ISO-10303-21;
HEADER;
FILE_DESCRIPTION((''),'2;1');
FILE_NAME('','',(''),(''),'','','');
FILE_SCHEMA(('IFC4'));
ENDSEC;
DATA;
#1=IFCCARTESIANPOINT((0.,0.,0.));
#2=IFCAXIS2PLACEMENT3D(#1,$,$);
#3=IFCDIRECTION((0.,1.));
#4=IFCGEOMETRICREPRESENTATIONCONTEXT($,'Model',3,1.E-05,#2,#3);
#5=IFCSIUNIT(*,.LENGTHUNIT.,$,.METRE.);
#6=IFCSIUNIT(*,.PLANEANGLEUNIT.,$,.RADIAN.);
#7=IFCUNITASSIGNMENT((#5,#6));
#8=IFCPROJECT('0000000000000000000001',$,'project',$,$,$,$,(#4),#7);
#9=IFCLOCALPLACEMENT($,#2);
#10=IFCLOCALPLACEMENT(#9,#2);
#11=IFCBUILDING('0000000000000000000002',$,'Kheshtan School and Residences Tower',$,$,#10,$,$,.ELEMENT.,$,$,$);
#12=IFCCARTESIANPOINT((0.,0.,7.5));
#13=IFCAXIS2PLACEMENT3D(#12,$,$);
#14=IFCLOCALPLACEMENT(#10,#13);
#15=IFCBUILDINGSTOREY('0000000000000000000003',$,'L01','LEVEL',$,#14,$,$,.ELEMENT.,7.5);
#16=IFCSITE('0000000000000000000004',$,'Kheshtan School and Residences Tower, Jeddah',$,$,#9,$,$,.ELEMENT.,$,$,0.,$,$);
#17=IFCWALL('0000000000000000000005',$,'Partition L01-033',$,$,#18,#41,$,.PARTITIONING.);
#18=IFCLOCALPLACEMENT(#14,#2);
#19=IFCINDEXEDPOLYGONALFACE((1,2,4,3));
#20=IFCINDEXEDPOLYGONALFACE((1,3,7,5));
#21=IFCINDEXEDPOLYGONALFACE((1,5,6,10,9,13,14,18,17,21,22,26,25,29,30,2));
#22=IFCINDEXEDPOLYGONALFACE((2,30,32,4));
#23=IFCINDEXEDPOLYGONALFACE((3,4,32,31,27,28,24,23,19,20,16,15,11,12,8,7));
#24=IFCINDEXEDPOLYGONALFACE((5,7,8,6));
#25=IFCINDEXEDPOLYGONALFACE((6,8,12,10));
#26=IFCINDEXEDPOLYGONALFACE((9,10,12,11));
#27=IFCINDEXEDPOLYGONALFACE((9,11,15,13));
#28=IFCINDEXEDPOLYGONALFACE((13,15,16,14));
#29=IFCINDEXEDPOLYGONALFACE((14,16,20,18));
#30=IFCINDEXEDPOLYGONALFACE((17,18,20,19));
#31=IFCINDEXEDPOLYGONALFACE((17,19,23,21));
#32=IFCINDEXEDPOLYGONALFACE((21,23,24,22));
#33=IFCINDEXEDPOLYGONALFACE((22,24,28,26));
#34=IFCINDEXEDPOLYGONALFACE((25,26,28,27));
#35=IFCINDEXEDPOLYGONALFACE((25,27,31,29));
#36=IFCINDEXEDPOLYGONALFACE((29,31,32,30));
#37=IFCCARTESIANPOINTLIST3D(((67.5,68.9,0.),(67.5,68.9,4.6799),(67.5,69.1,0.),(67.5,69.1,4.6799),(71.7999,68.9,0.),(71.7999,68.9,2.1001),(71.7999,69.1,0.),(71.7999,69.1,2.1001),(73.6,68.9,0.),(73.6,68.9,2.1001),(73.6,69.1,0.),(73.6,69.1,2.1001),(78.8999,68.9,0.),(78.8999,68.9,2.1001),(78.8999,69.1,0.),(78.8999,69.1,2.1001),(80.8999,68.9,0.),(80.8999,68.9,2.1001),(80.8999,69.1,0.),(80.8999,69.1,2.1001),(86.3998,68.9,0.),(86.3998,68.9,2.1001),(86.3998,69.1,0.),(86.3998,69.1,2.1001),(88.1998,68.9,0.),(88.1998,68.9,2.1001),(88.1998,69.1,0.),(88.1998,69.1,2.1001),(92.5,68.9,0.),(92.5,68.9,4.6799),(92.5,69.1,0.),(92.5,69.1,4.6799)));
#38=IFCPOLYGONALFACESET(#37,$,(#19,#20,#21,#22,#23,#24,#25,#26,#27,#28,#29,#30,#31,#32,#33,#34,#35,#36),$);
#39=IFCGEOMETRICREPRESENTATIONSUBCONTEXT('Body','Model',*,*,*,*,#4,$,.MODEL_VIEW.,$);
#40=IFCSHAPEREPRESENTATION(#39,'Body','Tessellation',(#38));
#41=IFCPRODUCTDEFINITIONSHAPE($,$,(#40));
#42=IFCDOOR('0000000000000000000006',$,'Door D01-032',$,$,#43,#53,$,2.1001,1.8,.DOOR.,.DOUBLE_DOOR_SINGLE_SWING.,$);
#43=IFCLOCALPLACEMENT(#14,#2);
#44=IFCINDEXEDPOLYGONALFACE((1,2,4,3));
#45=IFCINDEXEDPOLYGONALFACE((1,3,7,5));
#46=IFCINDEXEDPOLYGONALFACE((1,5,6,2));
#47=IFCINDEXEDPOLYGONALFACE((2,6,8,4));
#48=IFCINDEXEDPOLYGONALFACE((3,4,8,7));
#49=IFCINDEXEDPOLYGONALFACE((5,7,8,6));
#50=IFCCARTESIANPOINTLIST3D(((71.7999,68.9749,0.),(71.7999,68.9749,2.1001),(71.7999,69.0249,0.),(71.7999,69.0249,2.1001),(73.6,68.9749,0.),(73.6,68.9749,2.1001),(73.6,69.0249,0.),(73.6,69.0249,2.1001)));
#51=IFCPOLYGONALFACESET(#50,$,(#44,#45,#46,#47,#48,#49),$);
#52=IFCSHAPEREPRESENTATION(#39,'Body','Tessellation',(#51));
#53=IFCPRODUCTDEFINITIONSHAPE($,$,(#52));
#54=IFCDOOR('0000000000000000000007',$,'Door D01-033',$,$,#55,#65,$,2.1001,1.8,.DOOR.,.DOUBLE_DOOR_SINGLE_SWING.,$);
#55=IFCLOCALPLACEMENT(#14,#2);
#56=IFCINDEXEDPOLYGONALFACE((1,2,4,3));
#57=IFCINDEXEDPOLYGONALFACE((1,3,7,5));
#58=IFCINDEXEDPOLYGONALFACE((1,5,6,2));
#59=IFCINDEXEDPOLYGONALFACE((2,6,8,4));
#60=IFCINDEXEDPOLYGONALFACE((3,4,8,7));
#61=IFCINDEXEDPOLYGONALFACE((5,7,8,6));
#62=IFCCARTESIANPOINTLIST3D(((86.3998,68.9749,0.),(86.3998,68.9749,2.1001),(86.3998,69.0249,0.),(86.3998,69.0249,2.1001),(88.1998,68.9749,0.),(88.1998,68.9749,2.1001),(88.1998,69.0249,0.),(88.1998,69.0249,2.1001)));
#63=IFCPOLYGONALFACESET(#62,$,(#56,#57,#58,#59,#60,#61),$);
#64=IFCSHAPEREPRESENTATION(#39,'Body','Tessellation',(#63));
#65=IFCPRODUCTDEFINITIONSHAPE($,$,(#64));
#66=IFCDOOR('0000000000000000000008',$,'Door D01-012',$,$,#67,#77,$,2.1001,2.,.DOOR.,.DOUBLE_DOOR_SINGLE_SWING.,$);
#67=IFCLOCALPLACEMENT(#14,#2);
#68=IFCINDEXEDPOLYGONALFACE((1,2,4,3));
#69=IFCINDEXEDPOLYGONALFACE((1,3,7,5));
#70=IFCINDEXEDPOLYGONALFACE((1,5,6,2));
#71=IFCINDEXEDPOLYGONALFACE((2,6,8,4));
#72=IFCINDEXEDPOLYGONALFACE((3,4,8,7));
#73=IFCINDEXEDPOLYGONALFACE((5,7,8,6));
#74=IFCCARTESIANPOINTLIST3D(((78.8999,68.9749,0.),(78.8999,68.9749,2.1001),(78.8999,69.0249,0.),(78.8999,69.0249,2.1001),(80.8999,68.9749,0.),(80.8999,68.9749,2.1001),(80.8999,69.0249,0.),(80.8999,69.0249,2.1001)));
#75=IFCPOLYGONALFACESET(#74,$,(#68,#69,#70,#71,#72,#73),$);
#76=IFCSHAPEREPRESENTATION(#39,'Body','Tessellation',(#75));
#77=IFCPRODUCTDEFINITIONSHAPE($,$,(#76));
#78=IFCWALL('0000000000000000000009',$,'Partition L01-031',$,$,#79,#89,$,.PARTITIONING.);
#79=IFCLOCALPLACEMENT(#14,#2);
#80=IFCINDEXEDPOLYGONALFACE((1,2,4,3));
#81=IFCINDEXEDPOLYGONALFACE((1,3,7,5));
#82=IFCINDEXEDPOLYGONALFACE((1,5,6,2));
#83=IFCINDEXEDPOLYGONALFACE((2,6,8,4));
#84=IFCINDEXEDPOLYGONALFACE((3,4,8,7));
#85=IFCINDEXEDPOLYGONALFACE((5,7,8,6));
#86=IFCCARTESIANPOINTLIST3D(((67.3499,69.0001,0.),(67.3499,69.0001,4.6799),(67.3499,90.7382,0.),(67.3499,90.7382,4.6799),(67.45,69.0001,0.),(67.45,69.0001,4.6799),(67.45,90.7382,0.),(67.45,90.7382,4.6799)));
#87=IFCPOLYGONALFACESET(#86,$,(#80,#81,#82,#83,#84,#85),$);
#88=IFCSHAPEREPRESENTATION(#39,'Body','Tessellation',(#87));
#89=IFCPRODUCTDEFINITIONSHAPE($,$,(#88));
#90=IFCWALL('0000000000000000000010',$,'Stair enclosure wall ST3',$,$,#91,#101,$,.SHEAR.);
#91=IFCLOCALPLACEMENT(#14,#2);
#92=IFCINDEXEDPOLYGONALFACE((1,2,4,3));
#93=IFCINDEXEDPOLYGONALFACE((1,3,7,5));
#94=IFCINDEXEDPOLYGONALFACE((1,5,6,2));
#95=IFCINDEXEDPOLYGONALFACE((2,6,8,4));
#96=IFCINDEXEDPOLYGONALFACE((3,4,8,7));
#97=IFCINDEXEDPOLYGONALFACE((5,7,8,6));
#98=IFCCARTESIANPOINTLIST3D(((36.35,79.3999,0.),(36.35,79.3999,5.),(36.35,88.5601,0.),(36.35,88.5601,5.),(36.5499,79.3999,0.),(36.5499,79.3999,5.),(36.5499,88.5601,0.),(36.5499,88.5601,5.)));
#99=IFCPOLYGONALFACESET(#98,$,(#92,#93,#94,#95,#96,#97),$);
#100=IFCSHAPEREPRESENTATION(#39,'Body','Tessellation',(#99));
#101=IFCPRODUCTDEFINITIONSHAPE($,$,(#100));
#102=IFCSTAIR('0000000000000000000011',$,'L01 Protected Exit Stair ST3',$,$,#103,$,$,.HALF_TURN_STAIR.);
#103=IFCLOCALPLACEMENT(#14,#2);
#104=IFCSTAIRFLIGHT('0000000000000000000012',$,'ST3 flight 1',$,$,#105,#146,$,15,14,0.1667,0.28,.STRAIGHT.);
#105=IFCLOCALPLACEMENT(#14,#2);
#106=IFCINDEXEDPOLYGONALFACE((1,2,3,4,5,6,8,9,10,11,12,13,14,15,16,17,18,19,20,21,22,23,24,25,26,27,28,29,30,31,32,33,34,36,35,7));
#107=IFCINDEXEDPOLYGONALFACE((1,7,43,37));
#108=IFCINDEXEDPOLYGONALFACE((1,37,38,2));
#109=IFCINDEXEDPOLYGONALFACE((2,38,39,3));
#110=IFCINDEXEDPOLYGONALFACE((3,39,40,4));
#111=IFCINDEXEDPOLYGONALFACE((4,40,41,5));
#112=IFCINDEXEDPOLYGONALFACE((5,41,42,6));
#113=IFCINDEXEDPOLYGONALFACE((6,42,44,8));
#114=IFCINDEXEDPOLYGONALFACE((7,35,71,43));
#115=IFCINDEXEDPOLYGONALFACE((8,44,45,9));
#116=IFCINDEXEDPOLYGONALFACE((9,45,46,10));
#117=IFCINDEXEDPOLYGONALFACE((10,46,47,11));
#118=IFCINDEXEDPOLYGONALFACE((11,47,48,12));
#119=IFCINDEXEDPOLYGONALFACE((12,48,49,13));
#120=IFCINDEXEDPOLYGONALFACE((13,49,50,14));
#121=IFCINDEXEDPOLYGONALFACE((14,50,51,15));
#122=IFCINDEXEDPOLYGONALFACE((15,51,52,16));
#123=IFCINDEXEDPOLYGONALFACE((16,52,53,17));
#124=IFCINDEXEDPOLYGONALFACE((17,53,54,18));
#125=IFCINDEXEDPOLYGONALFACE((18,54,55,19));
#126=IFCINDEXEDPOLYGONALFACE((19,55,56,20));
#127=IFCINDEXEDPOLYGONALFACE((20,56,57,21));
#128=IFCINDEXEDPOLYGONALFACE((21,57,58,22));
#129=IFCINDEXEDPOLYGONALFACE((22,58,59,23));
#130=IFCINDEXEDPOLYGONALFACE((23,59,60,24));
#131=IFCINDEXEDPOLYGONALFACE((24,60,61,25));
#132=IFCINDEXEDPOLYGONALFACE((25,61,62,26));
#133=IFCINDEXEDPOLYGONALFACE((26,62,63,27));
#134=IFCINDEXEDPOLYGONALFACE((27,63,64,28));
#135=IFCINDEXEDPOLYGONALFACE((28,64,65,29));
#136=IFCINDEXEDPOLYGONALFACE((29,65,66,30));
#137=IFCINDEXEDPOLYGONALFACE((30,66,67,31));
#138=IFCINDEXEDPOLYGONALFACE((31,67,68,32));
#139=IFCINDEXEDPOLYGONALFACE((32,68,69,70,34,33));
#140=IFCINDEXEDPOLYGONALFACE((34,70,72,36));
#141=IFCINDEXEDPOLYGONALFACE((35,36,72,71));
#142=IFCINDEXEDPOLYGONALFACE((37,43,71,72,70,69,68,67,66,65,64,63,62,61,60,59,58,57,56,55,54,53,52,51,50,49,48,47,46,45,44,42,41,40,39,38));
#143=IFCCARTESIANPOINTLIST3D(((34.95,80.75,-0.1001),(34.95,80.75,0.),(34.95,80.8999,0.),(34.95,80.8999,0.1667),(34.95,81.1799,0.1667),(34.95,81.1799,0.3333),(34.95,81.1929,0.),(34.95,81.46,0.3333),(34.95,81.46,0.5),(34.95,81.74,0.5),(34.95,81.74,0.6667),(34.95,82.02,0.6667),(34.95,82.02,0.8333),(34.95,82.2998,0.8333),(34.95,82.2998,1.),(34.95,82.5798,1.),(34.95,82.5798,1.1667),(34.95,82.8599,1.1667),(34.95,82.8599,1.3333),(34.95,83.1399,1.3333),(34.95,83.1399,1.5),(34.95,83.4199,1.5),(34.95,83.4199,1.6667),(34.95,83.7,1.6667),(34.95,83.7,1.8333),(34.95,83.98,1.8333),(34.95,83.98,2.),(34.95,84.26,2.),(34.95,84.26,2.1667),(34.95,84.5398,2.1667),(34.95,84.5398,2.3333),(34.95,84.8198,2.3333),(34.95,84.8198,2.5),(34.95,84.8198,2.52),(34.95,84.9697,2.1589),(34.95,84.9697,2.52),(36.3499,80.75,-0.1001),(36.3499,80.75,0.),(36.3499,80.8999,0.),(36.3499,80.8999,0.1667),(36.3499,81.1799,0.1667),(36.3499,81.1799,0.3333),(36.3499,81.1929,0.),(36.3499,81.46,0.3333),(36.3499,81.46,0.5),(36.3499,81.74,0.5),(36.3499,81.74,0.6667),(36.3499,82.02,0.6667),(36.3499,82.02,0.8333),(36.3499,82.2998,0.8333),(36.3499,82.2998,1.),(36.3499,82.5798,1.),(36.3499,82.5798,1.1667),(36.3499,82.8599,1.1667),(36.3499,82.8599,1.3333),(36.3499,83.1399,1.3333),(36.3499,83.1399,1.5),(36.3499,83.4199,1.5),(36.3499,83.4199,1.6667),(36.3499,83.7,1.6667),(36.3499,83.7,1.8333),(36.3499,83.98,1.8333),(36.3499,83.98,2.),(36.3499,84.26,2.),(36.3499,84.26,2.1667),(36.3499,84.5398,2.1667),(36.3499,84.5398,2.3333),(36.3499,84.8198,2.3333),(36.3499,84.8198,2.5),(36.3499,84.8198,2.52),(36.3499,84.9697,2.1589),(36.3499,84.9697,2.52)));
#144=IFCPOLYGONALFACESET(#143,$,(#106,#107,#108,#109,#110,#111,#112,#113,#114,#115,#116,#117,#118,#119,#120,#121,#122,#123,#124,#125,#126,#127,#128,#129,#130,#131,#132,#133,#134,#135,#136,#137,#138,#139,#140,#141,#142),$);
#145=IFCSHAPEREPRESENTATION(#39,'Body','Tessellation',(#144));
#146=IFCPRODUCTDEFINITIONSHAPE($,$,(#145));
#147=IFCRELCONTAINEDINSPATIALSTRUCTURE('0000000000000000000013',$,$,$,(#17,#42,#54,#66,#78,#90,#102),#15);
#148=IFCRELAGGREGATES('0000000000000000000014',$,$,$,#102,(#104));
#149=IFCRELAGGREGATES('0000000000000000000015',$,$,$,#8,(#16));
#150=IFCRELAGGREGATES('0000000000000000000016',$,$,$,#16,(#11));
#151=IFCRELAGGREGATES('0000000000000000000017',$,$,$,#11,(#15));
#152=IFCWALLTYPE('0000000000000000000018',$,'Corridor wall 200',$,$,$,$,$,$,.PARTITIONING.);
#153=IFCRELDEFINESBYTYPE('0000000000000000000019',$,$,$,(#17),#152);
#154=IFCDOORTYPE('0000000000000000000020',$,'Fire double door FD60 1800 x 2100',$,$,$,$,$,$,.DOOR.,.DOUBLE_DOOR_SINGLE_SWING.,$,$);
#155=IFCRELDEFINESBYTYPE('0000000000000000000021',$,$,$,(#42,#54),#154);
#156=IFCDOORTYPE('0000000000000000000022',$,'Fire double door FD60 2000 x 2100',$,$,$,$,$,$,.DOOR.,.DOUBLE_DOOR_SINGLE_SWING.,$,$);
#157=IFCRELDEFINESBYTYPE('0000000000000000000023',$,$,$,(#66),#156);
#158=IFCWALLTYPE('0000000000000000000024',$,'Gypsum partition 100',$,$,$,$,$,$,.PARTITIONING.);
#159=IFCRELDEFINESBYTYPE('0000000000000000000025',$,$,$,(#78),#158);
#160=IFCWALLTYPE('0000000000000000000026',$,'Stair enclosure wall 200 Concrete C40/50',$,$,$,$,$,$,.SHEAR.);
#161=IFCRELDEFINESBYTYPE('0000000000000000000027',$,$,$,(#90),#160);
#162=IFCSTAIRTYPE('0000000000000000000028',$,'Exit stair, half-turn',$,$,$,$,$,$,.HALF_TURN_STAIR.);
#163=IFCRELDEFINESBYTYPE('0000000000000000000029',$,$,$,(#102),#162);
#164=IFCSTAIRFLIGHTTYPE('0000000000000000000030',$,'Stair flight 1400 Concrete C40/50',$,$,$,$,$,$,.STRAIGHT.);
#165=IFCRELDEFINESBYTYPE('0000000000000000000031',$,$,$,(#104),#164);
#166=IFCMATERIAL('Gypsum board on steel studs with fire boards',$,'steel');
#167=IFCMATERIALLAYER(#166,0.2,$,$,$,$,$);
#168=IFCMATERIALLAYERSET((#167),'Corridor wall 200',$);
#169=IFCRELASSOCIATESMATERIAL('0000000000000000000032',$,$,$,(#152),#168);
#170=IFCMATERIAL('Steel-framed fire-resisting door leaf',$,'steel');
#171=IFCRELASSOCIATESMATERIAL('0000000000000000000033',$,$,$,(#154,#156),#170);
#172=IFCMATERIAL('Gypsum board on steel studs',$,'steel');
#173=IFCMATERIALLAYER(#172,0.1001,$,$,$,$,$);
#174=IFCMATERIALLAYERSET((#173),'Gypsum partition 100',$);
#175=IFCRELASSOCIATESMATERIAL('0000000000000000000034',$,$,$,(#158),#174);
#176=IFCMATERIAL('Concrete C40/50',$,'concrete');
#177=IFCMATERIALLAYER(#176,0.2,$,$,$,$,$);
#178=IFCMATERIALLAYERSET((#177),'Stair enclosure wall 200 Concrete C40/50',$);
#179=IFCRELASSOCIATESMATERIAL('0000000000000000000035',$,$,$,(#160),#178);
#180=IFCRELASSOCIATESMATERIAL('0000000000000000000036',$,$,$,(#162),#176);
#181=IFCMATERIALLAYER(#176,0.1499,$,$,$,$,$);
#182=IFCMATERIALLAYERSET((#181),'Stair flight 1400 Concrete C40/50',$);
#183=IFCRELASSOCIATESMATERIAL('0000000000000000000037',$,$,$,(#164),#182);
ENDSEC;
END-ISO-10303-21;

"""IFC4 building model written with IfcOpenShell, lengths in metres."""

from ifc_helpers import new_model, si_unit, direction, frame, frame_2d, origin, place, context, subcontext, project, spatial, polyline, rectangle, outline, extrude, source, transform, mapped, material, layer, layer_set, type_object, element, fill, aggregate, save


model = new_model("IFC4")

# Units and contexts
model_context = context("Model", 3, precision=1e-05, world=origin(), true_north=direction((0.0, 1.0)))
body_context = subcontext(model_context, "Body", "Model", "MODEL_VIEW")
ifc_project = project(units=[si_unit("LENGTHUNIT", "METRE"), si_unit("PLANEANGLEUNIT", "RADIAN")], contexts=[model_context])

# Site, building, storey
site_placement = place(None, origin())
site = spatial("IfcSite", under=ifc_project, at=site_placement, Name="Kheshtan School and Residences Tower, Jeddah", CompositionType="ELEMENT", RefElevation=0.0)
building_placement = place(site_placement, origin())
building = spatial("IfcBuilding", under=site, at=building_placement, Name="Kheshtan School and Residences Tower", CompositionType="ELEMENT")
storey_placement = place(building_placement, frame((0.0, 0.0, 7.5)))
storey = spatial("IfcBuildingStorey", under=building, at=storey_placement, Name="L01", Description="LEVEL", CompositionType="ELEMENT", Elevation=7.5)

# Wall, openings, doors
ifc_material_1 = material(Name="Gypsum board on steel studs with fire boards", Category="steel")
ifc_layer_1 = layer(ifc_material_1, 0.2)
ifc_layer_set_1 = layer_set([ifc_layer_1], Name="Corridor wall 200")
wall_type_1 = type_object("IfcWallType", Name="Corridor wall 200", PredefinedType="PARTITIONING", material=ifc_layer_set_1)
wall_1_placement = place(storey_placement, frame((67.5, 69.0, 0.0), z_axis=(0.0, 0.0, 1.0), x_axis=(1.0, 0.0, 0.0)))
wall_1 = element("IfcWall", 1, at=wall_1_placement, inside=storey, type_object=wall_type_1, Name="Partition L01-033", PredefinedType="PARTITIONING", context=body_context, shape_type="SweptSolid", body=[
    extrude(rectangle(XDim=25.0, YDim=0.2, at=frame_2d((12.5, 0.0))), origin(), (0.0, 0.0, 1.0), 4.6799),
])
opening_1_placement = place(wall_1_placement, frame((11.3999, 0.0, 0.0)))
opening_1 = element("IfcOpeningElement", 2, at=opening_1_placement, cuts=wall_1, PredefinedType="OPENING", context=body_context, shape_type="SweptSolid", body=[
    extrude(rectangle(XDim=2.0, YDim=2.1001, at=frame_2d((1.0, 1.05))), frame((0.0, 0.1099, 0.0), z_axis=(0.0, -1.0, 0.0), x_axis=(1.0, 0.0, 0.0)), (0.0, 0.0, 1.0), 0.22),
])
opening_2_placement = place(wall_1_placement, frame((4.3, 0.0, 0.0)))
opening_2 = element("IfcOpeningElement", 3, at=opening_2_placement, cuts=wall_1, PredefinedType="OPENING", context=body_context, shape_type="SweptSolid", body=[
    extrude(rectangle(XDim=1.8, YDim=2.1001, at=frame_2d((0.8999, 1.05))), frame((0.0, 0.1099, 0.0), z_axis=(0.0, -1.0, 0.0), x_axis=(1.0, 0.0, 0.0)), (0.0, 0.0, 1.0), 0.22),
])
opening_3_placement = place(wall_1_placement, frame((18.8999, 0.0, 0.0)))
opening_3 = element("IfcOpeningElement", 4, at=opening_3_placement, cuts=wall_1, PredefinedType="OPENING", context=body_context, shape_type="SweptSolid", body=[
    extrude(rectangle(XDim=1.8, YDim=2.1001, at=frame_2d((0.8999, 1.05))), frame((0.0, 0.1099, 0.0), z_axis=(0.0, -1.0, 0.0), x_axis=(1.0, 0.0, 0.0)), (0.0, 0.0, 1.0), 0.22),
])
ifc_material_2 = material(Name="Steel-framed fire-resisting door leaf", Category="steel")
door_type_1 = type_object("IfcDoorType", Name="Fire double door FD60 1800 x 2100", OperationType="DOUBLE_DOOR_SINGLE_SWING", PredefinedType="DOOR", material=ifc_material_2)
shared_shape_1 = source(origin(), body_context, "Body", "SweptSolid", [
    extrude(rectangle(XDim=1.8, YDim=2.1001, at=frame_2d((0.8999, 1.05))), frame((0.0, 0.0249, 0.0), z_axis=(0.0, -1.0, 0.0), x_axis=(1.0, 0.0, 0.0)), (0.0, 0.0, 1.0), 0.05),
])
door_1_placement = place(opening_2_placement, origin())
door_1 = element("IfcDoor", 5, at=door_1_placement, inside=storey, type_object=door_type_1, Name="Door D01-032", OperationType="DOUBLE_DOOR_SINGLE_SWING", OverallHeight=2.1001, OverallWidth=1.8, PredefinedType="DOOR", context=body_context, shape_type="MappedRepresentation", body=[
    mapped(shared_shape_1, transform((0.0, 0.0, 0.0), x_axis=(1.0, 0.0, 0.0), y_axis=(0.0, 1.0, 0.0), z_axis=(0.0, 0.0, 1.0), scale=1.0)),
])
fill(opening_2, door_1)
door_2_placement = place(opening_3_placement, origin())
door_2 = element("IfcDoor", 6, at=door_2_placement, inside=storey, type_object=door_type_1, Name="Door D01-033", OperationType="DOUBLE_DOOR_SINGLE_SWING", OverallHeight=2.1001, OverallWidth=1.8, PredefinedType="DOOR", context=body_context, shape_type="MappedRepresentation", body=[
    mapped(shared_shape_1, transform((0.0, 0.0, 0.0), x_axis=(1.0, 0.0, 0.0), y_axis=(0.0, 1.0, 0.0), z_axis=(0.0, 0.0, 1.0), scale=1.0)),
])
fill(opening_3, door_2)
door_type_2 = type_object("IfcDoorType", Name="Fire double door FD60 2000 x 2100", OperationType="DOUBLE_DOOR_SINGLE_SWING", PredefinedType="DOOR", material=ifc_material_2)
shared_shape_2 = source(origin(), body_context, "Body", "SweptSolid", [
    extrude(rectangle(XDim=2.0, YDim=2.1001, at=frame_2d((1.0, 1.05))), frame((0.0, 0.0249, 0.0), z_axis=(0.0, -1.0, 0.0), x_axis=(1.0, 0.0, 0.0)), (0.0, 0.0, 1.0), 0.05),
])
door_3_placement = place(opening_1_placement, origin())
door_3 = element("IfcDoor", 7, at=door_3_placement, inside=storey, type_object=door_type_2, Name="Door D01-012", OperationType="DOUBLE_DOOR_SINGLE_SWING", OverallHeight=2.1001, OverallWidth=2.0, PredefinedType="DOOR", context=body_context, shape_type="MappedRepresentation", body=[
    mapped(shared_shape_2, transform((0.0, 0.0, 0.0), x_axis=(1.0, 0.0, 0.0), y_axis=(0.0, 1.0, 0.0), z_axis=(0.0, 0.0, 1.0), scale=1.0)),
])
fill(opening_1, door_3)

# Walls
ifc_material_3 = material(Name="Gypsum board on steel studs", Category="steel")
ifc_layer_2 = layer(ifc_material_3, 0.1001)
ifc_layer_set_2 = layer_set([ifc_layer_2], Name="Gypsum partition 100")
wall_type_2 = type_object("IfcWallType", Name="Gypsum partition 100", PredefinedType="PARTITIONING", material=ifc_layer_set_2)
wall_2_placement = place(storey_placement, frame((67.3999, 69.0, 0.0), z_axis=(0.0, 0.0, 1.0), x_axis=(0.0, 1.0, 0.0)))
element("IfcWall", 8, at=wall_2_placement, inside=storey, type_object=wall_type_2, Name="Partition L01-031", PredefinedType="PARTITIONING", context=body_context, shape_type="SweptSolid", body=[
    extrude(rectangle(XDim=21.738, YDim=0.1001, at=frame_2d((10.8691, 0.0))), origin(), (0.0, 0.0, 1.0), 4.6799),
])
ifc_material_4 = material(Name="Concrete C40/50", Category="concrete")
ifc_layer_3 = layer(ifc_material_4, 0.2)
ifc_layer_set_3 = layer_set([ifc_layer_3], Name="Stair enclosure wall 200 Concrete C40/50")
wall_type_3 = type_object("IfcWallType", Name="Stair enclosure wall 200 Concrete C40/50", PredefinedType="SHEAR", material=ifc_layer_set_3)
wall_3_placement = place(storey_placement, frame((36.45, 79.3999, 0.0), z_axis=(0.0, 0.0, 1.0), x_axis=(0.0, 1.0, 0.0)))
element("IfcWall", 9, at=wall_3_placement, inside=storey, type_object=wall_type_3, Name="Stair enclosure wall ST3", PredefinedType="SHEAR", context=body_context, shape_type="SweptSolid", body=[
    extrude(rectangle(XDim=9.1602, YDim=0.2, at=frame_2d((4.5801, 0.0))), origin(), (0.0, 0.0, 1.0), 5.0),
])

# Stair, stair flight
stair_type = type_object("IfcStairType", Name="Exit stair, half-turn", PredefinedType="HALF_TURN_STAIR", material=ifc_material_4)
stair_placement = place(storey_placement, origin())
stair = element("IfcStair", 10, at=stair_placement, inside=storey, type_object=stair_type, Name="L01 Protected Exit Stair ST3", PredefinedType="HALF_TURN_STAIR")
ifc_layer_4 = layer(ifc_material_4, 0.1499)
ifc_layer_set_4 = layer_set([ifc_layer_4], Name="Stair flight 1400 Concrete C40/50")
stair_flight_type = type_object("IfcStairFlightType", Name="Stair flight 1400 Concrete C40/50", PredefinedType="STRAIGHT", material=ifc_layer_set_4)
stair_flight_placement = place(storey_placement, frame((35.6499, 80.8999, 0.0), z_axis=(0.0, 0.0, 1.0), x_axis=(0.0, 1.0, 0.0)))
stair_flight = element("IfcStairFlight", 11, at=stair_flight_placement, type_object=stair_flight_type, Name="ST3 flight 1", NumberOfRisers=15, NumberOfTreads=14, PredefinedType="STRAIGHT", RiserHeight=0.1667, TreadLength=0.28, context=body_context, shape_type="SweptSolid", body=[
    extrude(outline(polyline([(-0.1499, -0.1001), (-0.1499, 0.0), (0.0, 0.0), (0.0, 0.1667), (0.28, 0.1667), (0.28, 0.3333), (0.5601, 0.3333), (0.5601, 0.5), (0.8401, 0.5), (0.8401, 0.6667), (1.1201, 0.6667), (1.1201, 0.8333), (1.3999, 0.8333), (1.3999, 1.0), (1.6799, 1.0), (1.6799, 1.1667), (1.96, 1.1667), (1.96, 1.3333), (2.24, 1.3333), (2.24, 1.5), (2.52, 1.5), (2.52, 1.6667), (2.8, 1.6667), (2.8, 1.8333), (3.0801, 1.8333), (3.0801, 2.0), (3.3601, 2.0), (3.3601, 2.1667), (3.6399, 2.1667), (3.6399, 2.3333), (3.9199, 2.3333), (3.9199, 2.5), (3.9199, 2.52), (4.0698, 2.52), (4.0698, 2.1589), (0.293, 0.0), (-0.1499, -0.1001)])), frame((0.0, 0.7, 0.0), z_axis=(0.0, -1.0, 0.0), x_axis=(1.0, 0.0, 0.0)), (0.0, 0.0, 1.0), 1.3999),
])
aggregate(stair, [stair_flight])

save(model, "model.ifc")
